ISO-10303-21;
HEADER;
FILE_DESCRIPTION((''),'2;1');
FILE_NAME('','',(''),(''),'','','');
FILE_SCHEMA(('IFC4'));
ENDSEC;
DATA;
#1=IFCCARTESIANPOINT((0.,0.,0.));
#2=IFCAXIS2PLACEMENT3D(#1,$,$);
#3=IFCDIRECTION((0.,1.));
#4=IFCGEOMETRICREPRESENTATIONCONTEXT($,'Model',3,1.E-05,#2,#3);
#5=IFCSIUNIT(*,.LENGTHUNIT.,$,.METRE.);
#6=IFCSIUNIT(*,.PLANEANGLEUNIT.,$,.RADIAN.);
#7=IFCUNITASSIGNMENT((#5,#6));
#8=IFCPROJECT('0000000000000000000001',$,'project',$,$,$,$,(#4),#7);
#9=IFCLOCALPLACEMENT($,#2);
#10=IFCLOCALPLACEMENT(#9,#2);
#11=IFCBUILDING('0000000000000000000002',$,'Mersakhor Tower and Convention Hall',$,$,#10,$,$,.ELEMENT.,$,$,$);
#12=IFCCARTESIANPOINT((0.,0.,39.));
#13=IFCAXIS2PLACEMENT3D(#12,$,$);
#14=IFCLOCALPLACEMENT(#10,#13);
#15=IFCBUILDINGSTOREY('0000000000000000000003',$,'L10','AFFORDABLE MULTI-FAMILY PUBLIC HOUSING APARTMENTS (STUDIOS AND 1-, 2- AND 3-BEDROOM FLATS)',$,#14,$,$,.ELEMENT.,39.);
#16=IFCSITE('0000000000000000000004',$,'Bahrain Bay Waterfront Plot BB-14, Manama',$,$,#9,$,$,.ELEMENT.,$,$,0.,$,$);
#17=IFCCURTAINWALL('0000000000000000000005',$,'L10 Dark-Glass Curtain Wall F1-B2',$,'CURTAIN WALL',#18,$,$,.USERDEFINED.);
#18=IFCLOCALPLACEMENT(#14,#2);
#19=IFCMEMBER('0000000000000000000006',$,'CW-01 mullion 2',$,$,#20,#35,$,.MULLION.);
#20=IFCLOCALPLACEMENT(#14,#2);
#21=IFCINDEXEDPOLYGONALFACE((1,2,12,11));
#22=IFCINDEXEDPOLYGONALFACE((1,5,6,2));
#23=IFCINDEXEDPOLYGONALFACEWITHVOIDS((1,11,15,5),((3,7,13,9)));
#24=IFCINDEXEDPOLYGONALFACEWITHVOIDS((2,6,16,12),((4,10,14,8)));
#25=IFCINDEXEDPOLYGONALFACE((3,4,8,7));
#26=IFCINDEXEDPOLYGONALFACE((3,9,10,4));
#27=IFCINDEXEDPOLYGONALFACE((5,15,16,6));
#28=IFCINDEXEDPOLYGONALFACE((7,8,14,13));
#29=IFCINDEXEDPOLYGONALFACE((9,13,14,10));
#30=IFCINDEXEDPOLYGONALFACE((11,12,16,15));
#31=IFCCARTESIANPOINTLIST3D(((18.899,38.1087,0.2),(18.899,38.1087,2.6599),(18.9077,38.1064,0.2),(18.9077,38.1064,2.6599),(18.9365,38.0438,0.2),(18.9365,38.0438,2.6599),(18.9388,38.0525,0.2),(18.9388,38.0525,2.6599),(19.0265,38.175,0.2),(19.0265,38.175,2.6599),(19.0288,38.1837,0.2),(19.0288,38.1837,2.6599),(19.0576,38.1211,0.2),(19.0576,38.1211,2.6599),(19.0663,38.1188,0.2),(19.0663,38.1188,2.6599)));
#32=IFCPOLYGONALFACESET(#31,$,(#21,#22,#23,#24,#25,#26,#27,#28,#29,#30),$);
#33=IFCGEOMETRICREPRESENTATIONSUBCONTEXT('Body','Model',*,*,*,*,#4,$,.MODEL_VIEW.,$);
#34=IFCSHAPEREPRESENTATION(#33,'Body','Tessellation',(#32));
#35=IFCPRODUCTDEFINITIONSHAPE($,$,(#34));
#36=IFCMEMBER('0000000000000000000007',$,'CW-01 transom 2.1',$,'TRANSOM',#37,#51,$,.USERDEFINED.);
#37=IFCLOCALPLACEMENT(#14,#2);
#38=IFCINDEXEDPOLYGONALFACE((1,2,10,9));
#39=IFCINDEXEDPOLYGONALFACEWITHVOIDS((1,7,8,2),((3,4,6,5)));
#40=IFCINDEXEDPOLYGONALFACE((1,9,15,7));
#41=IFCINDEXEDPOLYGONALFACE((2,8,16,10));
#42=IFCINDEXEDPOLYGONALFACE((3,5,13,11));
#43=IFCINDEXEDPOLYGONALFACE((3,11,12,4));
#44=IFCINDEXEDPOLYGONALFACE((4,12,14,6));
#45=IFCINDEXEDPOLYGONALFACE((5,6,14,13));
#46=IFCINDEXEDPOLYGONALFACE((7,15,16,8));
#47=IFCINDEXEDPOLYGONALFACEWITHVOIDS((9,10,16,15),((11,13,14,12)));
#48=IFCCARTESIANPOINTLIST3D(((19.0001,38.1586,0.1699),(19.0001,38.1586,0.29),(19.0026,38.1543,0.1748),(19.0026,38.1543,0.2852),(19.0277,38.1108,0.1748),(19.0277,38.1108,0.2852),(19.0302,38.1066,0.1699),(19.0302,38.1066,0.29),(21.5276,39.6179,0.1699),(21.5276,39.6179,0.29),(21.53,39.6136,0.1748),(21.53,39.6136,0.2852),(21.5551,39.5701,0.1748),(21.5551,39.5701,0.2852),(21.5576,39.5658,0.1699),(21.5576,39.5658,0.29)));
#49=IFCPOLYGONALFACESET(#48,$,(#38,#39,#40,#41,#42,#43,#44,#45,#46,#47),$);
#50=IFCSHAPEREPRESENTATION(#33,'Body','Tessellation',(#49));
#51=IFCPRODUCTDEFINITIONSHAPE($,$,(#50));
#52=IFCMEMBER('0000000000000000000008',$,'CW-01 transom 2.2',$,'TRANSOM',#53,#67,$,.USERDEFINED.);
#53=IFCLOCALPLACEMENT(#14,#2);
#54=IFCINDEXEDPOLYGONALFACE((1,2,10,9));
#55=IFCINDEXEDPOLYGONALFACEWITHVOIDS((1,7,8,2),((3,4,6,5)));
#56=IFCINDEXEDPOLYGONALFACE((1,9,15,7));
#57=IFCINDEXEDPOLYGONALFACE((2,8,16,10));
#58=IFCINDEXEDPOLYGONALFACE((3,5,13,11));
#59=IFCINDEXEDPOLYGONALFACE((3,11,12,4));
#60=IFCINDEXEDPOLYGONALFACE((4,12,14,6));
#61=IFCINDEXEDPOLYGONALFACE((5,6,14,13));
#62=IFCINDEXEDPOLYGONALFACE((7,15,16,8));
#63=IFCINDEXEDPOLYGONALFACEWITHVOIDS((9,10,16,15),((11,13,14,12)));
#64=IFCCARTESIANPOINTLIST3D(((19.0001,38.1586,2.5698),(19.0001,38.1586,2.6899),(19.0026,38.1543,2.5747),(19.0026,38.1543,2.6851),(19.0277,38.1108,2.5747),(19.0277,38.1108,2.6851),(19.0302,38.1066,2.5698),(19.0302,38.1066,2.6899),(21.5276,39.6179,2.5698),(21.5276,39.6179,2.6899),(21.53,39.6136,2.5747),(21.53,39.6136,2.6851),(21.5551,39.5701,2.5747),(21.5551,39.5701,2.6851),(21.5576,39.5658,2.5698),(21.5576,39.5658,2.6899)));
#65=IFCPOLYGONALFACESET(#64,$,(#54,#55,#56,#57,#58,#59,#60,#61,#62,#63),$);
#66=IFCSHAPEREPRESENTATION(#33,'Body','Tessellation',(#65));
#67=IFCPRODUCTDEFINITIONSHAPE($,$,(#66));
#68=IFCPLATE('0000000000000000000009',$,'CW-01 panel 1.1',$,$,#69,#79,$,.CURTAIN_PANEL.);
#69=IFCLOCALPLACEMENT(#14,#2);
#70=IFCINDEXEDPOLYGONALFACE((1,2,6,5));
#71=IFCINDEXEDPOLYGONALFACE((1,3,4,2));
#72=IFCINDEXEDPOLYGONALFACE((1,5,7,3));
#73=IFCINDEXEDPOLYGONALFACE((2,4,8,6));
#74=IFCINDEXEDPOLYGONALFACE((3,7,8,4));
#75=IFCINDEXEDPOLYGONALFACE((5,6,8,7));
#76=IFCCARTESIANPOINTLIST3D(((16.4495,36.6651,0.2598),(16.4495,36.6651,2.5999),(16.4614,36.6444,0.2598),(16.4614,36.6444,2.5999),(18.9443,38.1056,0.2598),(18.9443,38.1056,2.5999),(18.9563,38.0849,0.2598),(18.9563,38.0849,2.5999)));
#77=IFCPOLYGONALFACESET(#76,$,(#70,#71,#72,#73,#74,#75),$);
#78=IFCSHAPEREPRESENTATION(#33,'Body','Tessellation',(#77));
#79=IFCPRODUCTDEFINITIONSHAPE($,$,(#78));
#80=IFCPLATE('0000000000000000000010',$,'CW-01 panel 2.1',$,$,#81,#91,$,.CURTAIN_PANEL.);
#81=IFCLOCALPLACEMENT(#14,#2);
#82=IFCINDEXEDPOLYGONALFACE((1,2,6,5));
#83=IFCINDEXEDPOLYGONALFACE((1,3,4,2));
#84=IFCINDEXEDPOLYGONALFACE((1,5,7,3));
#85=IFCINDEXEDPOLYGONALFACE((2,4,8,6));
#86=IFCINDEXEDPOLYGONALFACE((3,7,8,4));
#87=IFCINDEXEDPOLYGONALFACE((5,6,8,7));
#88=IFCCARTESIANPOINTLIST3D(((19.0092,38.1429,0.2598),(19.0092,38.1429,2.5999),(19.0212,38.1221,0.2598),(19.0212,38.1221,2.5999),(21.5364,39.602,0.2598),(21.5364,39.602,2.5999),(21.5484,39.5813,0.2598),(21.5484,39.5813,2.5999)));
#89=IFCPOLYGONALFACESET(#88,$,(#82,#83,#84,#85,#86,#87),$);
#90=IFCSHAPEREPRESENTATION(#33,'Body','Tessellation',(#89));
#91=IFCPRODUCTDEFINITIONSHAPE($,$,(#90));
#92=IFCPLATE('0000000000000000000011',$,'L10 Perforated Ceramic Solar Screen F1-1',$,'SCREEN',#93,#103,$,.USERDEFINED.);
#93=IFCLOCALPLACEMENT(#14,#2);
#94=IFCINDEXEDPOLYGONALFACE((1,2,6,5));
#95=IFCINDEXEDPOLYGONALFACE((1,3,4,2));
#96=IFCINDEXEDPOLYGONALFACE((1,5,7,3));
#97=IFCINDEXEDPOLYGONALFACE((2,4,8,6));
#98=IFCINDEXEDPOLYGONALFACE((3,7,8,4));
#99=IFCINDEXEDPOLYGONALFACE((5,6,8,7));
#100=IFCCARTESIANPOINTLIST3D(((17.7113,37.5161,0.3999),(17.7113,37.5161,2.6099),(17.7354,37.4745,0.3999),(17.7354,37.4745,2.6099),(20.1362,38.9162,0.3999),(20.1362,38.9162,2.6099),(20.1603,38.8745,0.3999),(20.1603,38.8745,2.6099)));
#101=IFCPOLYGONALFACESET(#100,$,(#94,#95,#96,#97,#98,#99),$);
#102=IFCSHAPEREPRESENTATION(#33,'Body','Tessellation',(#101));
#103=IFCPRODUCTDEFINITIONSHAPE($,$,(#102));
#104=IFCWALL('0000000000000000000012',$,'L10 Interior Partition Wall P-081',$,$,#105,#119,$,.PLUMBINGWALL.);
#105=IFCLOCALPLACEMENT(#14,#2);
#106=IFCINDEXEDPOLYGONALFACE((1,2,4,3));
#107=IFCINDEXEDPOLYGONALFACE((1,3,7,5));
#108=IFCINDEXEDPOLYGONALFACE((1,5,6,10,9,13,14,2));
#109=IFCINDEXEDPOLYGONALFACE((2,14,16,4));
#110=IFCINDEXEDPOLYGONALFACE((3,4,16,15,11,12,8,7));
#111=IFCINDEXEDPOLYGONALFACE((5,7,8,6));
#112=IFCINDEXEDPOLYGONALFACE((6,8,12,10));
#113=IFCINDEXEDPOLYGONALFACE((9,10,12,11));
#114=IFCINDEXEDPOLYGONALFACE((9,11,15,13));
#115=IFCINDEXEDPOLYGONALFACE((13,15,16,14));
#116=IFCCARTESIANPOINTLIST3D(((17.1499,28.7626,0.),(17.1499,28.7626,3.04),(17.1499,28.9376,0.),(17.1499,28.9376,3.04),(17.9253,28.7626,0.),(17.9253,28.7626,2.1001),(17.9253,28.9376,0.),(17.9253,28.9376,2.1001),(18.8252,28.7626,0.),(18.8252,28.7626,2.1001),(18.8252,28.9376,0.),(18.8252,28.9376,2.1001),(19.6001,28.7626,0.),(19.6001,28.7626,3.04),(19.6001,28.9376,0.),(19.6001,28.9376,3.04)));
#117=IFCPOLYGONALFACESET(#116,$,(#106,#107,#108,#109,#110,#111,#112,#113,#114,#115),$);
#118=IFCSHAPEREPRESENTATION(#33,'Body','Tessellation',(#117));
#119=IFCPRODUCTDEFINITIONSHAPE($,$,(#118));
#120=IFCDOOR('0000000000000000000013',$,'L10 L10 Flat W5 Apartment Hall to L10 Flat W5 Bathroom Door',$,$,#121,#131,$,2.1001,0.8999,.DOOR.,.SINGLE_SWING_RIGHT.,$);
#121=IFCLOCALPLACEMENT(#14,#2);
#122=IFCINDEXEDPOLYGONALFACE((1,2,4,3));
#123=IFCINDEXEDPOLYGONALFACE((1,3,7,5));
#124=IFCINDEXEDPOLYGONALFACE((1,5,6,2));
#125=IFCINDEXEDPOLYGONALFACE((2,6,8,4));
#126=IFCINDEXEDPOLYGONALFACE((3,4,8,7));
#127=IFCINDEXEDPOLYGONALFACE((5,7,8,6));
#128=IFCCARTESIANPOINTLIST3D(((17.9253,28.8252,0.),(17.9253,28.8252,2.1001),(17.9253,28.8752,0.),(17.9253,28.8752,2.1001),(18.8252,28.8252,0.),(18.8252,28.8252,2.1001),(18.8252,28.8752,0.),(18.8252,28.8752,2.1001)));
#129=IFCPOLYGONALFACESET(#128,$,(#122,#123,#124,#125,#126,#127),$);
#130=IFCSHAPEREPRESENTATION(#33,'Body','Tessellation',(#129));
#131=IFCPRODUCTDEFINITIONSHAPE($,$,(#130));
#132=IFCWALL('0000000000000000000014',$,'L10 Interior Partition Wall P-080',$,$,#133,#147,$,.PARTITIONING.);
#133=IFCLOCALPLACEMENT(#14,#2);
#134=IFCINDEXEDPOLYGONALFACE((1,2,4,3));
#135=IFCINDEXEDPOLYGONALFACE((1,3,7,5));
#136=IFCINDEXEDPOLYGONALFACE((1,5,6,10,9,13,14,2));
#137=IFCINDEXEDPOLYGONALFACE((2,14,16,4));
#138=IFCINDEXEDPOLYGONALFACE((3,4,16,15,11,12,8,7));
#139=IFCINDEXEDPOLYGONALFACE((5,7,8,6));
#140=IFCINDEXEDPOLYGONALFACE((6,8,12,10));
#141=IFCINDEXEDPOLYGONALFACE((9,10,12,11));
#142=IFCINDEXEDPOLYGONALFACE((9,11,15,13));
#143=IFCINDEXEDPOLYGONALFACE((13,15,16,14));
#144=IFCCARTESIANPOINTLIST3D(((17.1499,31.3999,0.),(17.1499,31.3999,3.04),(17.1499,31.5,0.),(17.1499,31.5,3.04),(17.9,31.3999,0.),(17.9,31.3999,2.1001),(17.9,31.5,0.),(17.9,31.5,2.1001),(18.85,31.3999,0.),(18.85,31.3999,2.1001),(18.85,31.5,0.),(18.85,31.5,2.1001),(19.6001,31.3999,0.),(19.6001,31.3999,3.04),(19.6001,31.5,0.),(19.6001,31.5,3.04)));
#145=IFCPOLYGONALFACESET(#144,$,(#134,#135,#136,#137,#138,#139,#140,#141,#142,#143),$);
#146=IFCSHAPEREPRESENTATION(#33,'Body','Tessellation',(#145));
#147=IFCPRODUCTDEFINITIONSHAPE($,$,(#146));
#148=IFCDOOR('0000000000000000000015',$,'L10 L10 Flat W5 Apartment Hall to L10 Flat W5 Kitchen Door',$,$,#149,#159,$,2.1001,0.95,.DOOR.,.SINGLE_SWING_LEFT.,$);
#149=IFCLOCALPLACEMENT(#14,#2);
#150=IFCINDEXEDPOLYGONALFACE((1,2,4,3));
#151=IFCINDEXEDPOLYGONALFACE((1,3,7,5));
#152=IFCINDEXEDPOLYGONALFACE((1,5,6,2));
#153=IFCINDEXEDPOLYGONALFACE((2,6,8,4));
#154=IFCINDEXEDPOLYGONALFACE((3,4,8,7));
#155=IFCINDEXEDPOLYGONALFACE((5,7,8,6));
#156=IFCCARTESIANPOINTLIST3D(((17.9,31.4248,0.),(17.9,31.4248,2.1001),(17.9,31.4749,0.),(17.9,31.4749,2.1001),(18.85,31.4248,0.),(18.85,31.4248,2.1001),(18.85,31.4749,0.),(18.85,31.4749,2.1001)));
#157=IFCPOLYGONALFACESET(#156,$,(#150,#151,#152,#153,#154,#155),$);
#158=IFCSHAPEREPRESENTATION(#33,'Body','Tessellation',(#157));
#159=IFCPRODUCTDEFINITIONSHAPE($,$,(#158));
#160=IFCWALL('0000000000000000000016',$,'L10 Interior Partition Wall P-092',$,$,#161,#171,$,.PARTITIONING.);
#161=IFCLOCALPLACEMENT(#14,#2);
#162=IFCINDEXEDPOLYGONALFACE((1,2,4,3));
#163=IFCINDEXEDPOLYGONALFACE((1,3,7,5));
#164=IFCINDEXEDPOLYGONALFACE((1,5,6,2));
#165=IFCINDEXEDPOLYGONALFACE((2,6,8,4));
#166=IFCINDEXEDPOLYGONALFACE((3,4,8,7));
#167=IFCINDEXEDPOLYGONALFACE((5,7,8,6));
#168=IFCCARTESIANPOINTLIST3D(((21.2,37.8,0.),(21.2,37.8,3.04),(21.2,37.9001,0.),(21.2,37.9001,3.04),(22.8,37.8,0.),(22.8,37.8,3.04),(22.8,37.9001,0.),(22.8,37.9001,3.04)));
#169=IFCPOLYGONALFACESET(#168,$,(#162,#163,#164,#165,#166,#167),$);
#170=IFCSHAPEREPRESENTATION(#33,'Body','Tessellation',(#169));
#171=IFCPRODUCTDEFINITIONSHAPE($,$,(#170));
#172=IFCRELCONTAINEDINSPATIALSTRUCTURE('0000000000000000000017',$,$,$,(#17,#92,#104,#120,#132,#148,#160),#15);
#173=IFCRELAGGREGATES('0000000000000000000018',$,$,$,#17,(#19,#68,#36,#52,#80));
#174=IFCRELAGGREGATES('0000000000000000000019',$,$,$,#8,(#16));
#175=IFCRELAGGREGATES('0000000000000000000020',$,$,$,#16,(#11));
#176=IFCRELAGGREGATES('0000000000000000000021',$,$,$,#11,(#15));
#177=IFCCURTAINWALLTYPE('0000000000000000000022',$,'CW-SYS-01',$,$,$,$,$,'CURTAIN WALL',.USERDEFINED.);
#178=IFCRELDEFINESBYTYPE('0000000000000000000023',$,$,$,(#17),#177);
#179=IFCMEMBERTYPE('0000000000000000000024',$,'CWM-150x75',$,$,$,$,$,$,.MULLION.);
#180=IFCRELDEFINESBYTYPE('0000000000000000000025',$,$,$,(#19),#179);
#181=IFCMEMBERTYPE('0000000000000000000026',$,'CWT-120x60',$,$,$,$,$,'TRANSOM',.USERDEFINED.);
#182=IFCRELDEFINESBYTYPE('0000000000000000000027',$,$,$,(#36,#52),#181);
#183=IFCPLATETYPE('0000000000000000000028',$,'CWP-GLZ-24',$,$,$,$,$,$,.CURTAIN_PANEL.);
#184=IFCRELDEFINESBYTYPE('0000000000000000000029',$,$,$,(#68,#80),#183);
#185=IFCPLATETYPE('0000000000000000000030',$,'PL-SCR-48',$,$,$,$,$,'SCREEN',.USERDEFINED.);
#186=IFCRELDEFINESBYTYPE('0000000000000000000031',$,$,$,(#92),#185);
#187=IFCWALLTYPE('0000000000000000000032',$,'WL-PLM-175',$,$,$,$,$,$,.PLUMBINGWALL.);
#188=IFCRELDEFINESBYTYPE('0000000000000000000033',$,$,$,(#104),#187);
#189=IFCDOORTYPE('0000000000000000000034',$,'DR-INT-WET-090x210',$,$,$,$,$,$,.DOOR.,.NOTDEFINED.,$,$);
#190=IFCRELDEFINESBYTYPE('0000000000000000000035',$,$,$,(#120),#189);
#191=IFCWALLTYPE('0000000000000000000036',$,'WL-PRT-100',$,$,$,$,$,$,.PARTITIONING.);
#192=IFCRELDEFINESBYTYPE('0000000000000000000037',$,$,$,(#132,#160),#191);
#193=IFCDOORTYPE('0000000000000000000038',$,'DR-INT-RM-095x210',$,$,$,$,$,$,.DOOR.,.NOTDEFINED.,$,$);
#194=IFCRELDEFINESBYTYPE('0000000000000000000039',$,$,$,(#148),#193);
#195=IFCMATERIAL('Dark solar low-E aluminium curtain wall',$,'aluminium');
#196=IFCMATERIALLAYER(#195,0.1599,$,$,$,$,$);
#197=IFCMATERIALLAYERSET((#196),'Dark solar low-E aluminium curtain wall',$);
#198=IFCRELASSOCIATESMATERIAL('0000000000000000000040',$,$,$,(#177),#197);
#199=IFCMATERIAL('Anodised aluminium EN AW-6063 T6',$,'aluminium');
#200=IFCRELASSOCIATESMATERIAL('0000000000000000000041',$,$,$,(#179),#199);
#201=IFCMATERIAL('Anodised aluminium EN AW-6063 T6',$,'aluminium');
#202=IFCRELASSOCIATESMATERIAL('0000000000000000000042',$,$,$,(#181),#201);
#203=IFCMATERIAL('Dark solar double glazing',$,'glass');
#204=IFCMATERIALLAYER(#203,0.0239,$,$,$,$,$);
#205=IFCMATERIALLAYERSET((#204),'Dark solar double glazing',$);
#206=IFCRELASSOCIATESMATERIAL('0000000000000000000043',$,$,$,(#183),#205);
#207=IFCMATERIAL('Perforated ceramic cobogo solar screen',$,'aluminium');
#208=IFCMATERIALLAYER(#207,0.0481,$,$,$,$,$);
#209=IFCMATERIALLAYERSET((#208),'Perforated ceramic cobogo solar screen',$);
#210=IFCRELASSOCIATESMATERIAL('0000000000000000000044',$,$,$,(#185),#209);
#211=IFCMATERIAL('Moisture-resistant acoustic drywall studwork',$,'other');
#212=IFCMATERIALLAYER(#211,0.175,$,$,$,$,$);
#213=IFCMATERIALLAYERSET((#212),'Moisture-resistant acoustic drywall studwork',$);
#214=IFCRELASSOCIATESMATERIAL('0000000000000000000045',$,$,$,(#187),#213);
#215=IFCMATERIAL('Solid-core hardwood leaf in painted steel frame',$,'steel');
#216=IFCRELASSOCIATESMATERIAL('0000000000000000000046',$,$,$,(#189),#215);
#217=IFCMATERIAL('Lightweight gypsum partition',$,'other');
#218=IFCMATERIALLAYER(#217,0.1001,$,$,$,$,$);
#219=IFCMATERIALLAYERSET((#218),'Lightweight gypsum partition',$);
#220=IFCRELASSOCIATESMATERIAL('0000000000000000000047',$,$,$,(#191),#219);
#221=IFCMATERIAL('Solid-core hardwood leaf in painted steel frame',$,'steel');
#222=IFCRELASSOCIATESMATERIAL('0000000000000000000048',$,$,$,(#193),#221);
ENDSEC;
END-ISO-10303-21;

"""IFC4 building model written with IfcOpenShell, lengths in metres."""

from ifc_helpers import new_model, si_unit, direction, frame, frame_2d, origin, origin_2d, place, context, subcontext, project, spatial, rectangle, hollow_rectangle, extrude, material, layer, layer_set, material_profile, profile_set, type_object, element, fill, aggregate, save


model = new_model("IFC4")

# Units and contexts
model_context = context("Model", 3, precision=1e-05, world=origin(), true_north=direction((0.0, 1.0)))
body_context = subcontext(model_context, "Body", "Model", "MODEL_VIEW")
ifc_project = project(units=[si_unit("LENGTHUNIT", "METRE"), si_unit("PLANEANGLEUNIT", "RADIAN")], contexts=[model_context])

# Site, building, storey
site_placement = place(None, origin())
site = spatial("IfcSite", under=ifc_project, at=site_placement, Name="Bahrain Bay Waterfront Plot BB-14, Manama", CompositionType="ELEMENT", RefElevation=0.0)
building_placement = place(site_placement, origin())
building = spatial("IfcBuilding", under=site, at=building_placement, Name="Mersakhor Tower and Convention Hall", CompositionType="ELEMENT")
storey_placement = place(building_placement, frame((0.0, 0.0, 39.0)))
storey = spatial("IfcBuildingStorey", under=building, at=storey_placement, Name="L10", Description="AFFORDABLE MULTI-FAMILY PUBLIC HOUSING APARTMENTS (STUDIOS AND 1-, 2- AND 3-BEDROOM FLATS)", CompositionType="ELEMENT", Elevation=39.0)

# Curtain wall, members, plates
ifc_material_1 = material(Name="Dark solar low-E aluminium curtain wall", Category="aluminium")
ifc_layer_1 = layer(ifc_material_1, 0.1599)
ifc_layer_set_1 = layer_set([ifc_layer_1], Name="Dark solar low-E aluminium curtain wall")
curtain_wall_type = type_object("IfcCurtainWallType", Name="CW-SYS-01", ElementType="CURTAIN WALL", PredefinedType="USERDEFINED", material=ifc_layer_set_1)
curtain_wall_placement = place(storey_placement, origin())
curtain_wall = element("IfcCurtainWall", 1, at=curtain_wall_placement, inside=storey, type_object=curtain_wall_type, Name="L10 Dark-Glass Curtain Wall F1-B2", ObjectType="CURTAIN WALL", PredefinedType="USERDEFINED")
ifc_material_2 = material(Name="Anodised aluminium EN AW-6063 T6", Category="aluminium")
ifc_material_profile_1 = material_profile(ifc_material_2, hollow_rectangle(XDim=0.075, YDim=0.1499, WallThickness=0.0063, at=origin_2d()), Name="RHS 150x75x6.3")
ifc_profile_set_1 = profile_set([ifc_material_profile_1], Name="Anodised aluminium EN AW-6063 T6")
member_type_1 = type_object("IfcMemberType", Name="CWM-150x75", PredefinedType="MULLION", material=ifc_profile_set_1)
member_1_placement = place(storey_placement, frame((18.9827, 38.1138, 0.2), z_axis=(0.0, 0.0, 1.0), x_axis=(-0.500003, 0.866023, 0.0)))
member_1 = element("IfcMember", 2, at=member_1_placement, type_object=member_type_1, Name="CW-01 mullion 2", PredefinedType="MULLION", context=body_context, shape_type="SweptSolid", body=[
    extrude(hollow_rectangle(XDim=0.075, YDim=0.1499, WallThickness=0.0063, at=origin_2d()), origin(), (0.0, 0.0, 1.0), 2.46),
])
ifc_material_3 = material(Name="Anodised aluminium EN AW-6063 T6", Category="aluminium")
ifc_material_profile_2 = material_profile(ifc_material_3, hollow_rectangle(XDim=0.0601, YDim=0.1201, WallThickness=0.0049, at=origin_2d()), Name="RHS 120x60x5")
ifc_profile_set_2 = profile_set([ifc_material_profile_2], Name="Anodised aluminium EN AW-6063 T6")
member_type_2 = type_object("IfcMemberType", Name="CWT-120x60", ElementType="TRANSOM", PredefinedType="USERDEFINED", material=ifc_profile_set_2)
member_2_placement = place(storey_placement, frame((19.0151, 38.1326, 0.23), z_axis=(0.866016, 0.500017, 0.0), x_axis=(-0.500017, 0.866016, 0.0)))
member_2 = element("IfcMember", 3, at=member_2_placement, type_object=member_type_2, Name="CW-01 transom 2.1", ObjectType="TRANSOM", PredefinedType="USERDEFINED", context=body_context, shape_type="SweptSolid", body=[
    extrude(hollow_rectangle(XDim=0.0601, YDim=0.1201, WallThickness=0.0049, at=origin_2d()), origin(), (0.0, 0.0, 1.0), 2.9185),
])
member_3_placement = place(storey_placement, frame((19.0151, 38.1326, 2.6299), z_axis=(0.866016, 0.500017, 0.0), x_axis=(-0.500017, 0.866016, 0.0)))
member_3 = element("IfcMember", 4, at=member_3_placement, type_object=member_type_2, Name="CW-01 transom 2.2", ObjectType="TRANSOM", PredefinedType="USERDEFINED", context=body_context, shape_type="SweptSolid", body=[
    extrude(hollow_rectangle(XDim=0.0601, YDim=0.1201, WallThickness=0.0049, at=origin_2d()), origin(), (0.0, 0.0, 1.0), 2.9185),
])
ifc_material_4 = material(Name="Dark solar double glazing", Category="glass")
ifc_layer_2 = layer(ifc_material_4, 0.0239)
ifc_layer_set_2 = layer_set([ifc_layer_2], Name="Dark solar double glazing")
plate_type_1 = type_object("IfcPlateType", Name="CWP-GLZ-24", PredefinedType="CURTAIN_PANEL", material=ifc_layer_set_2)
plate_1_placement = place(storey_placement, frame((17.7029, 37.375, 0.2598), z_axis=(0.0, 0.0, 1.0), x_axis=(0.866023, 0.500003, 0.0)))
plate_1 = element("IfcPlate", 5, at=plate_1_placement, type_object=plate_type_1, Name="CW-01 panel 1.1", PredefinedType="CURTAIN_PANEL", context=body_context, shape_type="SweptSolid", body=[
    extrude(rectangle(XDim=2.8809, YDim=0.0239, at=origin_2d()), origin(), (0.0, 0.0, 1.0), 2.3401),
])
plate_2_placement = place(storey_placement, frame((20.2788, 38.8621, 0.2598), z_axis=(0.0, 0.0, 1.0), x_axis=(0.866023, 0.500003, 0.0)))
plate_2 = element("IfcPlate", 6, at=plate_2_placement, type_object=plate_type_1, Name="CW-01 panel 2.1", PredefinedType="CURTAIN_PANEL", context=body_context, shape_type="SweptSolid", body=[
    extrude(rectangle(XDim=2.9182, YDim=0.0239, at=origin_2d()), origin(), (0.0, 0.0, 1.0), 2.3401),
])
aggregate(curtain_wall, [member_1, plate_1, member_2, member_3, plate_2])

# Plate
ifc_material_5 = material(Name="Perforated ceramic cobogo solar screen", Category="aluminium")
ifc_layer_3 = layer(ifc_material_5, 0.0481)
ifc_layer_set_3 = layer_set([ifc_layer_3], Name="Perforated ceramic cobogo solar screen")
plate_type_2 = type_object("IfcPlateType", Name="PL-SCR-48", ElementType="SCREEN", PredefinedType="USERDEFINED", material=ifc_layer_set_3)
plate_3_placement = place(storey_placement, frame((18.9358, 38.1953, 0.3999), z_axis=(0.0, 0.0, 1.0), x_axis=(0.866025, 0.5, 0.0)))
element("IfcPlate", 7, at=plate_3_placement, inside=storey, type_object=plate_type_2, Name="L10 Perforated Ceramic Solar Screen F1-1", ObjectType="SCREEN", PredefinedType="USERDEFINED", context=body_context, shape_type="SweptSolid", body=[
    extrude(rectangle(XDim=2.8, YDim=0.0481, at=origin_2d()), origin(), (0.0, 0.0, 1.0), 2.21),
])

# Walls, openings, doors
ifc_material_6 = material(Name="Moisture-resistant acoustic drywall studwork", Category="other")
ifc_layer_4 = layer(ifc_material_6, 0.175)
ifc_layer_set_4 = layer_set([ifc_layer_4], Name="Moisture-resistant acoustic drywall studwork")
wall_type_1 = type_object("IfcWallType", Name="WL-PLM-175", PredefinedType="PLUMBINGWALL", material=ifc_layer_set_4)
wall_1_placement = place(storey_placement, frame((19.6001, 28.8501, 0.0), z_axis=(0.0, 0.0, 1.0), x_axis=(-1.0, 0.0, 0.0)))
wall_1 = element("IfcWall", 8, at=wall_1_placement, inside=storey, type_object=wall_type_1, Name="L10 Interior Partition Wall P-081", PredefinedType="PLUMBINGWALL", context=body_context, shape_type="SweptSolid", body=[
    extrude(rectangle(XDim=2.4502, YDim=0.175, at=frame_2d((1.2251, 0.0))), origin(), (0.0, 0.0, 1.0), 3.04),
])
opening_1_placement = place(wall_1_placement, frame((0.7749, 0.0, 0.0)))
opening_1 = element("IfcOpeningElement", 9, at=opening_1_placement, cuts=wall_1, PredefinedType="OPENING", context=body_context, shape_type="SweptSolid", body=[
    extrude(rectangle(XDim=0.8999, YDim=2.1001, at=frame_2d((0.45, 1.05))), frame((0.0, 0.0974, 0.0), z_axis=(0.0, -1.0, 0.0), x_axis=(1.0, 0.0, 0.0)), (0.0, 0.0, 1.0), 0.1951),
])
ifc_material_7 = material(Name="Solid-core hardwood leaf in painted steel frame", Category="steel")
door_type_1 = type_object("IfcDoorType", Name="DR-INT-WET-090x210", OperationType="NOTDEFINED", PredefinedType="DOOR", material=ifc_material_7)
door_1_placement = place(opening_1_placement, origin())
door_1 = element("IfcDoor", 10, at=door_1_placement, inside=storey, type_object=door_type_1, Name="L10 L10 Flat W5 Apartment Hall to L10 Flat W5 Bathroom Door", OperationType="SINGLE_SWING_RIGHT", OverallHeight=2.1001, OverallWidth=0.8999, PredefinedType="DOOR", context=body_context, shape_type="SweptSolid", body=[
    extrude(rectangle(XDim=0.8999, YDim=2.1001, at=frame_2d((0.45, 1.05))), frame((0.0, 0.0249, 0.0), z_axis=(0.0, -1.0, 0.0), x_axis=(1.0, 0.0, 0.0)), (0.0, 0.0, 1.0), 0.05),
])
fill(opening_1, door_1)
ifc_material_8 = material(Name="Lightweight gypsum partition", Category="other")
ifc_layer_5 = layer(ifc_material_8, 0.1001)
ifc_layer_set_5 = layer_set([ifc_layer_5], Name="Lightweight gypsum partition")
wall_type_2 = type_object("IfcWallType", Name="WL-PRT-100", PredefinedType="PARTITIONING", material=ifc_layer_set_5)
wall_2_placement = place(storey_placement, frame((17.1499, 31.45, 0.0), z_axis=(0.0, 0.0, 1.0), x_axis=(1.0, 0.0, 0.0)))
wall_2 = element("IfcWall", 11, at=wall_2_placement, inside=storey, type_object=wall_type_2, Name="L10 Interior Partition Wall P-080", PredefinedType="PARTITIONING", context=body_context, shape_type="SweptSolid", body=[
    extrude(rectangle(XDim=2.4502, YDim=0.1001, at=frame_2d((1.2251, 0.0))), origin(), (0.0, 0.0, 1.0), 3.04),
])
opening_2_placement = place(wall_2_placement, frame((0.75, 0.0, 0.0)))
opening_2 = element("IfcOpeningElement", 12, at=opening_2_placement, cuts=wall_2, PredefinedType="OPENING", context=body_context, shape_type="SweptSolid", body=[
    extrude(rectangle(XDim=0.95, YDim=2.1001, at=frame_2d((0.4751, 1.05))), frame((0.0, 0.0601, 0.0), z_axis=(0.0, -1.0, 0.0), x_axis=(1.0, 0.0, 0.0)), (0.0, 0.0, 1.0), 0.1201),
])
ifc_material_9 = material(Name="Solid-core hardwood leaf in painted steel frame", Category="steel")
door_type_2 = type_object("IfcDoorType", Name="DR-INT-RM-095x210", OperationType="NOTDEFINED", PredefinedType="DOOR", material=ifc_material_9)
door_2_placement = place(opening_2_placement, origin())
door_2 = element("IfcDoor", 13, at=door_2_placement, inside=storey, type_object=door_type_2, Name="L10 L10 Flat W5 Apartment Hall to L10 Flat W5 Kitchen Door", OperationType="SINGLE_SWING_LEFT", OverallHeight=2.1001, OverallWidth=0.95, PredefinedType="DOOR", context=body_context, shape_type="SweptSolid", body=[
    extrude(rectangle(XDim=0.95, YDim=2.1001, at=frame_2d((0.4751, 1.05))), frame((0.0, 0.0249, 0.0), z_axis=(0.0, -1.0, 0.0), x_axis=(1.0, 0.0, 0.0)), (0.0, 0.0, 1.0), 0.05),
])
fill(opening_2, door_2)

# Wall
wall_3_placement = place(storey_placement, frame((21.2, 37.8501, 0.0), z_axis=(0.0, 0.0, 1.0), x_axis=(1.0, 0.0, 0.0)))
element("IfcWall", 14, at=wall_3_placement, inside=storey, type_object=wall_type_2, Name="L10 Interior Partition Wall P-092", PredefinedType="PARTITIONING", context=body_context, shape_type="SweptSolid", body=[
    extrude(rectangle(XDim=1.6001, YDim=0.1001, at=frame_2d((0.8, 0.0))), origin(), (0.0, 0.0, 1.0), 3.04),
])

save(model, "model.ifc")
